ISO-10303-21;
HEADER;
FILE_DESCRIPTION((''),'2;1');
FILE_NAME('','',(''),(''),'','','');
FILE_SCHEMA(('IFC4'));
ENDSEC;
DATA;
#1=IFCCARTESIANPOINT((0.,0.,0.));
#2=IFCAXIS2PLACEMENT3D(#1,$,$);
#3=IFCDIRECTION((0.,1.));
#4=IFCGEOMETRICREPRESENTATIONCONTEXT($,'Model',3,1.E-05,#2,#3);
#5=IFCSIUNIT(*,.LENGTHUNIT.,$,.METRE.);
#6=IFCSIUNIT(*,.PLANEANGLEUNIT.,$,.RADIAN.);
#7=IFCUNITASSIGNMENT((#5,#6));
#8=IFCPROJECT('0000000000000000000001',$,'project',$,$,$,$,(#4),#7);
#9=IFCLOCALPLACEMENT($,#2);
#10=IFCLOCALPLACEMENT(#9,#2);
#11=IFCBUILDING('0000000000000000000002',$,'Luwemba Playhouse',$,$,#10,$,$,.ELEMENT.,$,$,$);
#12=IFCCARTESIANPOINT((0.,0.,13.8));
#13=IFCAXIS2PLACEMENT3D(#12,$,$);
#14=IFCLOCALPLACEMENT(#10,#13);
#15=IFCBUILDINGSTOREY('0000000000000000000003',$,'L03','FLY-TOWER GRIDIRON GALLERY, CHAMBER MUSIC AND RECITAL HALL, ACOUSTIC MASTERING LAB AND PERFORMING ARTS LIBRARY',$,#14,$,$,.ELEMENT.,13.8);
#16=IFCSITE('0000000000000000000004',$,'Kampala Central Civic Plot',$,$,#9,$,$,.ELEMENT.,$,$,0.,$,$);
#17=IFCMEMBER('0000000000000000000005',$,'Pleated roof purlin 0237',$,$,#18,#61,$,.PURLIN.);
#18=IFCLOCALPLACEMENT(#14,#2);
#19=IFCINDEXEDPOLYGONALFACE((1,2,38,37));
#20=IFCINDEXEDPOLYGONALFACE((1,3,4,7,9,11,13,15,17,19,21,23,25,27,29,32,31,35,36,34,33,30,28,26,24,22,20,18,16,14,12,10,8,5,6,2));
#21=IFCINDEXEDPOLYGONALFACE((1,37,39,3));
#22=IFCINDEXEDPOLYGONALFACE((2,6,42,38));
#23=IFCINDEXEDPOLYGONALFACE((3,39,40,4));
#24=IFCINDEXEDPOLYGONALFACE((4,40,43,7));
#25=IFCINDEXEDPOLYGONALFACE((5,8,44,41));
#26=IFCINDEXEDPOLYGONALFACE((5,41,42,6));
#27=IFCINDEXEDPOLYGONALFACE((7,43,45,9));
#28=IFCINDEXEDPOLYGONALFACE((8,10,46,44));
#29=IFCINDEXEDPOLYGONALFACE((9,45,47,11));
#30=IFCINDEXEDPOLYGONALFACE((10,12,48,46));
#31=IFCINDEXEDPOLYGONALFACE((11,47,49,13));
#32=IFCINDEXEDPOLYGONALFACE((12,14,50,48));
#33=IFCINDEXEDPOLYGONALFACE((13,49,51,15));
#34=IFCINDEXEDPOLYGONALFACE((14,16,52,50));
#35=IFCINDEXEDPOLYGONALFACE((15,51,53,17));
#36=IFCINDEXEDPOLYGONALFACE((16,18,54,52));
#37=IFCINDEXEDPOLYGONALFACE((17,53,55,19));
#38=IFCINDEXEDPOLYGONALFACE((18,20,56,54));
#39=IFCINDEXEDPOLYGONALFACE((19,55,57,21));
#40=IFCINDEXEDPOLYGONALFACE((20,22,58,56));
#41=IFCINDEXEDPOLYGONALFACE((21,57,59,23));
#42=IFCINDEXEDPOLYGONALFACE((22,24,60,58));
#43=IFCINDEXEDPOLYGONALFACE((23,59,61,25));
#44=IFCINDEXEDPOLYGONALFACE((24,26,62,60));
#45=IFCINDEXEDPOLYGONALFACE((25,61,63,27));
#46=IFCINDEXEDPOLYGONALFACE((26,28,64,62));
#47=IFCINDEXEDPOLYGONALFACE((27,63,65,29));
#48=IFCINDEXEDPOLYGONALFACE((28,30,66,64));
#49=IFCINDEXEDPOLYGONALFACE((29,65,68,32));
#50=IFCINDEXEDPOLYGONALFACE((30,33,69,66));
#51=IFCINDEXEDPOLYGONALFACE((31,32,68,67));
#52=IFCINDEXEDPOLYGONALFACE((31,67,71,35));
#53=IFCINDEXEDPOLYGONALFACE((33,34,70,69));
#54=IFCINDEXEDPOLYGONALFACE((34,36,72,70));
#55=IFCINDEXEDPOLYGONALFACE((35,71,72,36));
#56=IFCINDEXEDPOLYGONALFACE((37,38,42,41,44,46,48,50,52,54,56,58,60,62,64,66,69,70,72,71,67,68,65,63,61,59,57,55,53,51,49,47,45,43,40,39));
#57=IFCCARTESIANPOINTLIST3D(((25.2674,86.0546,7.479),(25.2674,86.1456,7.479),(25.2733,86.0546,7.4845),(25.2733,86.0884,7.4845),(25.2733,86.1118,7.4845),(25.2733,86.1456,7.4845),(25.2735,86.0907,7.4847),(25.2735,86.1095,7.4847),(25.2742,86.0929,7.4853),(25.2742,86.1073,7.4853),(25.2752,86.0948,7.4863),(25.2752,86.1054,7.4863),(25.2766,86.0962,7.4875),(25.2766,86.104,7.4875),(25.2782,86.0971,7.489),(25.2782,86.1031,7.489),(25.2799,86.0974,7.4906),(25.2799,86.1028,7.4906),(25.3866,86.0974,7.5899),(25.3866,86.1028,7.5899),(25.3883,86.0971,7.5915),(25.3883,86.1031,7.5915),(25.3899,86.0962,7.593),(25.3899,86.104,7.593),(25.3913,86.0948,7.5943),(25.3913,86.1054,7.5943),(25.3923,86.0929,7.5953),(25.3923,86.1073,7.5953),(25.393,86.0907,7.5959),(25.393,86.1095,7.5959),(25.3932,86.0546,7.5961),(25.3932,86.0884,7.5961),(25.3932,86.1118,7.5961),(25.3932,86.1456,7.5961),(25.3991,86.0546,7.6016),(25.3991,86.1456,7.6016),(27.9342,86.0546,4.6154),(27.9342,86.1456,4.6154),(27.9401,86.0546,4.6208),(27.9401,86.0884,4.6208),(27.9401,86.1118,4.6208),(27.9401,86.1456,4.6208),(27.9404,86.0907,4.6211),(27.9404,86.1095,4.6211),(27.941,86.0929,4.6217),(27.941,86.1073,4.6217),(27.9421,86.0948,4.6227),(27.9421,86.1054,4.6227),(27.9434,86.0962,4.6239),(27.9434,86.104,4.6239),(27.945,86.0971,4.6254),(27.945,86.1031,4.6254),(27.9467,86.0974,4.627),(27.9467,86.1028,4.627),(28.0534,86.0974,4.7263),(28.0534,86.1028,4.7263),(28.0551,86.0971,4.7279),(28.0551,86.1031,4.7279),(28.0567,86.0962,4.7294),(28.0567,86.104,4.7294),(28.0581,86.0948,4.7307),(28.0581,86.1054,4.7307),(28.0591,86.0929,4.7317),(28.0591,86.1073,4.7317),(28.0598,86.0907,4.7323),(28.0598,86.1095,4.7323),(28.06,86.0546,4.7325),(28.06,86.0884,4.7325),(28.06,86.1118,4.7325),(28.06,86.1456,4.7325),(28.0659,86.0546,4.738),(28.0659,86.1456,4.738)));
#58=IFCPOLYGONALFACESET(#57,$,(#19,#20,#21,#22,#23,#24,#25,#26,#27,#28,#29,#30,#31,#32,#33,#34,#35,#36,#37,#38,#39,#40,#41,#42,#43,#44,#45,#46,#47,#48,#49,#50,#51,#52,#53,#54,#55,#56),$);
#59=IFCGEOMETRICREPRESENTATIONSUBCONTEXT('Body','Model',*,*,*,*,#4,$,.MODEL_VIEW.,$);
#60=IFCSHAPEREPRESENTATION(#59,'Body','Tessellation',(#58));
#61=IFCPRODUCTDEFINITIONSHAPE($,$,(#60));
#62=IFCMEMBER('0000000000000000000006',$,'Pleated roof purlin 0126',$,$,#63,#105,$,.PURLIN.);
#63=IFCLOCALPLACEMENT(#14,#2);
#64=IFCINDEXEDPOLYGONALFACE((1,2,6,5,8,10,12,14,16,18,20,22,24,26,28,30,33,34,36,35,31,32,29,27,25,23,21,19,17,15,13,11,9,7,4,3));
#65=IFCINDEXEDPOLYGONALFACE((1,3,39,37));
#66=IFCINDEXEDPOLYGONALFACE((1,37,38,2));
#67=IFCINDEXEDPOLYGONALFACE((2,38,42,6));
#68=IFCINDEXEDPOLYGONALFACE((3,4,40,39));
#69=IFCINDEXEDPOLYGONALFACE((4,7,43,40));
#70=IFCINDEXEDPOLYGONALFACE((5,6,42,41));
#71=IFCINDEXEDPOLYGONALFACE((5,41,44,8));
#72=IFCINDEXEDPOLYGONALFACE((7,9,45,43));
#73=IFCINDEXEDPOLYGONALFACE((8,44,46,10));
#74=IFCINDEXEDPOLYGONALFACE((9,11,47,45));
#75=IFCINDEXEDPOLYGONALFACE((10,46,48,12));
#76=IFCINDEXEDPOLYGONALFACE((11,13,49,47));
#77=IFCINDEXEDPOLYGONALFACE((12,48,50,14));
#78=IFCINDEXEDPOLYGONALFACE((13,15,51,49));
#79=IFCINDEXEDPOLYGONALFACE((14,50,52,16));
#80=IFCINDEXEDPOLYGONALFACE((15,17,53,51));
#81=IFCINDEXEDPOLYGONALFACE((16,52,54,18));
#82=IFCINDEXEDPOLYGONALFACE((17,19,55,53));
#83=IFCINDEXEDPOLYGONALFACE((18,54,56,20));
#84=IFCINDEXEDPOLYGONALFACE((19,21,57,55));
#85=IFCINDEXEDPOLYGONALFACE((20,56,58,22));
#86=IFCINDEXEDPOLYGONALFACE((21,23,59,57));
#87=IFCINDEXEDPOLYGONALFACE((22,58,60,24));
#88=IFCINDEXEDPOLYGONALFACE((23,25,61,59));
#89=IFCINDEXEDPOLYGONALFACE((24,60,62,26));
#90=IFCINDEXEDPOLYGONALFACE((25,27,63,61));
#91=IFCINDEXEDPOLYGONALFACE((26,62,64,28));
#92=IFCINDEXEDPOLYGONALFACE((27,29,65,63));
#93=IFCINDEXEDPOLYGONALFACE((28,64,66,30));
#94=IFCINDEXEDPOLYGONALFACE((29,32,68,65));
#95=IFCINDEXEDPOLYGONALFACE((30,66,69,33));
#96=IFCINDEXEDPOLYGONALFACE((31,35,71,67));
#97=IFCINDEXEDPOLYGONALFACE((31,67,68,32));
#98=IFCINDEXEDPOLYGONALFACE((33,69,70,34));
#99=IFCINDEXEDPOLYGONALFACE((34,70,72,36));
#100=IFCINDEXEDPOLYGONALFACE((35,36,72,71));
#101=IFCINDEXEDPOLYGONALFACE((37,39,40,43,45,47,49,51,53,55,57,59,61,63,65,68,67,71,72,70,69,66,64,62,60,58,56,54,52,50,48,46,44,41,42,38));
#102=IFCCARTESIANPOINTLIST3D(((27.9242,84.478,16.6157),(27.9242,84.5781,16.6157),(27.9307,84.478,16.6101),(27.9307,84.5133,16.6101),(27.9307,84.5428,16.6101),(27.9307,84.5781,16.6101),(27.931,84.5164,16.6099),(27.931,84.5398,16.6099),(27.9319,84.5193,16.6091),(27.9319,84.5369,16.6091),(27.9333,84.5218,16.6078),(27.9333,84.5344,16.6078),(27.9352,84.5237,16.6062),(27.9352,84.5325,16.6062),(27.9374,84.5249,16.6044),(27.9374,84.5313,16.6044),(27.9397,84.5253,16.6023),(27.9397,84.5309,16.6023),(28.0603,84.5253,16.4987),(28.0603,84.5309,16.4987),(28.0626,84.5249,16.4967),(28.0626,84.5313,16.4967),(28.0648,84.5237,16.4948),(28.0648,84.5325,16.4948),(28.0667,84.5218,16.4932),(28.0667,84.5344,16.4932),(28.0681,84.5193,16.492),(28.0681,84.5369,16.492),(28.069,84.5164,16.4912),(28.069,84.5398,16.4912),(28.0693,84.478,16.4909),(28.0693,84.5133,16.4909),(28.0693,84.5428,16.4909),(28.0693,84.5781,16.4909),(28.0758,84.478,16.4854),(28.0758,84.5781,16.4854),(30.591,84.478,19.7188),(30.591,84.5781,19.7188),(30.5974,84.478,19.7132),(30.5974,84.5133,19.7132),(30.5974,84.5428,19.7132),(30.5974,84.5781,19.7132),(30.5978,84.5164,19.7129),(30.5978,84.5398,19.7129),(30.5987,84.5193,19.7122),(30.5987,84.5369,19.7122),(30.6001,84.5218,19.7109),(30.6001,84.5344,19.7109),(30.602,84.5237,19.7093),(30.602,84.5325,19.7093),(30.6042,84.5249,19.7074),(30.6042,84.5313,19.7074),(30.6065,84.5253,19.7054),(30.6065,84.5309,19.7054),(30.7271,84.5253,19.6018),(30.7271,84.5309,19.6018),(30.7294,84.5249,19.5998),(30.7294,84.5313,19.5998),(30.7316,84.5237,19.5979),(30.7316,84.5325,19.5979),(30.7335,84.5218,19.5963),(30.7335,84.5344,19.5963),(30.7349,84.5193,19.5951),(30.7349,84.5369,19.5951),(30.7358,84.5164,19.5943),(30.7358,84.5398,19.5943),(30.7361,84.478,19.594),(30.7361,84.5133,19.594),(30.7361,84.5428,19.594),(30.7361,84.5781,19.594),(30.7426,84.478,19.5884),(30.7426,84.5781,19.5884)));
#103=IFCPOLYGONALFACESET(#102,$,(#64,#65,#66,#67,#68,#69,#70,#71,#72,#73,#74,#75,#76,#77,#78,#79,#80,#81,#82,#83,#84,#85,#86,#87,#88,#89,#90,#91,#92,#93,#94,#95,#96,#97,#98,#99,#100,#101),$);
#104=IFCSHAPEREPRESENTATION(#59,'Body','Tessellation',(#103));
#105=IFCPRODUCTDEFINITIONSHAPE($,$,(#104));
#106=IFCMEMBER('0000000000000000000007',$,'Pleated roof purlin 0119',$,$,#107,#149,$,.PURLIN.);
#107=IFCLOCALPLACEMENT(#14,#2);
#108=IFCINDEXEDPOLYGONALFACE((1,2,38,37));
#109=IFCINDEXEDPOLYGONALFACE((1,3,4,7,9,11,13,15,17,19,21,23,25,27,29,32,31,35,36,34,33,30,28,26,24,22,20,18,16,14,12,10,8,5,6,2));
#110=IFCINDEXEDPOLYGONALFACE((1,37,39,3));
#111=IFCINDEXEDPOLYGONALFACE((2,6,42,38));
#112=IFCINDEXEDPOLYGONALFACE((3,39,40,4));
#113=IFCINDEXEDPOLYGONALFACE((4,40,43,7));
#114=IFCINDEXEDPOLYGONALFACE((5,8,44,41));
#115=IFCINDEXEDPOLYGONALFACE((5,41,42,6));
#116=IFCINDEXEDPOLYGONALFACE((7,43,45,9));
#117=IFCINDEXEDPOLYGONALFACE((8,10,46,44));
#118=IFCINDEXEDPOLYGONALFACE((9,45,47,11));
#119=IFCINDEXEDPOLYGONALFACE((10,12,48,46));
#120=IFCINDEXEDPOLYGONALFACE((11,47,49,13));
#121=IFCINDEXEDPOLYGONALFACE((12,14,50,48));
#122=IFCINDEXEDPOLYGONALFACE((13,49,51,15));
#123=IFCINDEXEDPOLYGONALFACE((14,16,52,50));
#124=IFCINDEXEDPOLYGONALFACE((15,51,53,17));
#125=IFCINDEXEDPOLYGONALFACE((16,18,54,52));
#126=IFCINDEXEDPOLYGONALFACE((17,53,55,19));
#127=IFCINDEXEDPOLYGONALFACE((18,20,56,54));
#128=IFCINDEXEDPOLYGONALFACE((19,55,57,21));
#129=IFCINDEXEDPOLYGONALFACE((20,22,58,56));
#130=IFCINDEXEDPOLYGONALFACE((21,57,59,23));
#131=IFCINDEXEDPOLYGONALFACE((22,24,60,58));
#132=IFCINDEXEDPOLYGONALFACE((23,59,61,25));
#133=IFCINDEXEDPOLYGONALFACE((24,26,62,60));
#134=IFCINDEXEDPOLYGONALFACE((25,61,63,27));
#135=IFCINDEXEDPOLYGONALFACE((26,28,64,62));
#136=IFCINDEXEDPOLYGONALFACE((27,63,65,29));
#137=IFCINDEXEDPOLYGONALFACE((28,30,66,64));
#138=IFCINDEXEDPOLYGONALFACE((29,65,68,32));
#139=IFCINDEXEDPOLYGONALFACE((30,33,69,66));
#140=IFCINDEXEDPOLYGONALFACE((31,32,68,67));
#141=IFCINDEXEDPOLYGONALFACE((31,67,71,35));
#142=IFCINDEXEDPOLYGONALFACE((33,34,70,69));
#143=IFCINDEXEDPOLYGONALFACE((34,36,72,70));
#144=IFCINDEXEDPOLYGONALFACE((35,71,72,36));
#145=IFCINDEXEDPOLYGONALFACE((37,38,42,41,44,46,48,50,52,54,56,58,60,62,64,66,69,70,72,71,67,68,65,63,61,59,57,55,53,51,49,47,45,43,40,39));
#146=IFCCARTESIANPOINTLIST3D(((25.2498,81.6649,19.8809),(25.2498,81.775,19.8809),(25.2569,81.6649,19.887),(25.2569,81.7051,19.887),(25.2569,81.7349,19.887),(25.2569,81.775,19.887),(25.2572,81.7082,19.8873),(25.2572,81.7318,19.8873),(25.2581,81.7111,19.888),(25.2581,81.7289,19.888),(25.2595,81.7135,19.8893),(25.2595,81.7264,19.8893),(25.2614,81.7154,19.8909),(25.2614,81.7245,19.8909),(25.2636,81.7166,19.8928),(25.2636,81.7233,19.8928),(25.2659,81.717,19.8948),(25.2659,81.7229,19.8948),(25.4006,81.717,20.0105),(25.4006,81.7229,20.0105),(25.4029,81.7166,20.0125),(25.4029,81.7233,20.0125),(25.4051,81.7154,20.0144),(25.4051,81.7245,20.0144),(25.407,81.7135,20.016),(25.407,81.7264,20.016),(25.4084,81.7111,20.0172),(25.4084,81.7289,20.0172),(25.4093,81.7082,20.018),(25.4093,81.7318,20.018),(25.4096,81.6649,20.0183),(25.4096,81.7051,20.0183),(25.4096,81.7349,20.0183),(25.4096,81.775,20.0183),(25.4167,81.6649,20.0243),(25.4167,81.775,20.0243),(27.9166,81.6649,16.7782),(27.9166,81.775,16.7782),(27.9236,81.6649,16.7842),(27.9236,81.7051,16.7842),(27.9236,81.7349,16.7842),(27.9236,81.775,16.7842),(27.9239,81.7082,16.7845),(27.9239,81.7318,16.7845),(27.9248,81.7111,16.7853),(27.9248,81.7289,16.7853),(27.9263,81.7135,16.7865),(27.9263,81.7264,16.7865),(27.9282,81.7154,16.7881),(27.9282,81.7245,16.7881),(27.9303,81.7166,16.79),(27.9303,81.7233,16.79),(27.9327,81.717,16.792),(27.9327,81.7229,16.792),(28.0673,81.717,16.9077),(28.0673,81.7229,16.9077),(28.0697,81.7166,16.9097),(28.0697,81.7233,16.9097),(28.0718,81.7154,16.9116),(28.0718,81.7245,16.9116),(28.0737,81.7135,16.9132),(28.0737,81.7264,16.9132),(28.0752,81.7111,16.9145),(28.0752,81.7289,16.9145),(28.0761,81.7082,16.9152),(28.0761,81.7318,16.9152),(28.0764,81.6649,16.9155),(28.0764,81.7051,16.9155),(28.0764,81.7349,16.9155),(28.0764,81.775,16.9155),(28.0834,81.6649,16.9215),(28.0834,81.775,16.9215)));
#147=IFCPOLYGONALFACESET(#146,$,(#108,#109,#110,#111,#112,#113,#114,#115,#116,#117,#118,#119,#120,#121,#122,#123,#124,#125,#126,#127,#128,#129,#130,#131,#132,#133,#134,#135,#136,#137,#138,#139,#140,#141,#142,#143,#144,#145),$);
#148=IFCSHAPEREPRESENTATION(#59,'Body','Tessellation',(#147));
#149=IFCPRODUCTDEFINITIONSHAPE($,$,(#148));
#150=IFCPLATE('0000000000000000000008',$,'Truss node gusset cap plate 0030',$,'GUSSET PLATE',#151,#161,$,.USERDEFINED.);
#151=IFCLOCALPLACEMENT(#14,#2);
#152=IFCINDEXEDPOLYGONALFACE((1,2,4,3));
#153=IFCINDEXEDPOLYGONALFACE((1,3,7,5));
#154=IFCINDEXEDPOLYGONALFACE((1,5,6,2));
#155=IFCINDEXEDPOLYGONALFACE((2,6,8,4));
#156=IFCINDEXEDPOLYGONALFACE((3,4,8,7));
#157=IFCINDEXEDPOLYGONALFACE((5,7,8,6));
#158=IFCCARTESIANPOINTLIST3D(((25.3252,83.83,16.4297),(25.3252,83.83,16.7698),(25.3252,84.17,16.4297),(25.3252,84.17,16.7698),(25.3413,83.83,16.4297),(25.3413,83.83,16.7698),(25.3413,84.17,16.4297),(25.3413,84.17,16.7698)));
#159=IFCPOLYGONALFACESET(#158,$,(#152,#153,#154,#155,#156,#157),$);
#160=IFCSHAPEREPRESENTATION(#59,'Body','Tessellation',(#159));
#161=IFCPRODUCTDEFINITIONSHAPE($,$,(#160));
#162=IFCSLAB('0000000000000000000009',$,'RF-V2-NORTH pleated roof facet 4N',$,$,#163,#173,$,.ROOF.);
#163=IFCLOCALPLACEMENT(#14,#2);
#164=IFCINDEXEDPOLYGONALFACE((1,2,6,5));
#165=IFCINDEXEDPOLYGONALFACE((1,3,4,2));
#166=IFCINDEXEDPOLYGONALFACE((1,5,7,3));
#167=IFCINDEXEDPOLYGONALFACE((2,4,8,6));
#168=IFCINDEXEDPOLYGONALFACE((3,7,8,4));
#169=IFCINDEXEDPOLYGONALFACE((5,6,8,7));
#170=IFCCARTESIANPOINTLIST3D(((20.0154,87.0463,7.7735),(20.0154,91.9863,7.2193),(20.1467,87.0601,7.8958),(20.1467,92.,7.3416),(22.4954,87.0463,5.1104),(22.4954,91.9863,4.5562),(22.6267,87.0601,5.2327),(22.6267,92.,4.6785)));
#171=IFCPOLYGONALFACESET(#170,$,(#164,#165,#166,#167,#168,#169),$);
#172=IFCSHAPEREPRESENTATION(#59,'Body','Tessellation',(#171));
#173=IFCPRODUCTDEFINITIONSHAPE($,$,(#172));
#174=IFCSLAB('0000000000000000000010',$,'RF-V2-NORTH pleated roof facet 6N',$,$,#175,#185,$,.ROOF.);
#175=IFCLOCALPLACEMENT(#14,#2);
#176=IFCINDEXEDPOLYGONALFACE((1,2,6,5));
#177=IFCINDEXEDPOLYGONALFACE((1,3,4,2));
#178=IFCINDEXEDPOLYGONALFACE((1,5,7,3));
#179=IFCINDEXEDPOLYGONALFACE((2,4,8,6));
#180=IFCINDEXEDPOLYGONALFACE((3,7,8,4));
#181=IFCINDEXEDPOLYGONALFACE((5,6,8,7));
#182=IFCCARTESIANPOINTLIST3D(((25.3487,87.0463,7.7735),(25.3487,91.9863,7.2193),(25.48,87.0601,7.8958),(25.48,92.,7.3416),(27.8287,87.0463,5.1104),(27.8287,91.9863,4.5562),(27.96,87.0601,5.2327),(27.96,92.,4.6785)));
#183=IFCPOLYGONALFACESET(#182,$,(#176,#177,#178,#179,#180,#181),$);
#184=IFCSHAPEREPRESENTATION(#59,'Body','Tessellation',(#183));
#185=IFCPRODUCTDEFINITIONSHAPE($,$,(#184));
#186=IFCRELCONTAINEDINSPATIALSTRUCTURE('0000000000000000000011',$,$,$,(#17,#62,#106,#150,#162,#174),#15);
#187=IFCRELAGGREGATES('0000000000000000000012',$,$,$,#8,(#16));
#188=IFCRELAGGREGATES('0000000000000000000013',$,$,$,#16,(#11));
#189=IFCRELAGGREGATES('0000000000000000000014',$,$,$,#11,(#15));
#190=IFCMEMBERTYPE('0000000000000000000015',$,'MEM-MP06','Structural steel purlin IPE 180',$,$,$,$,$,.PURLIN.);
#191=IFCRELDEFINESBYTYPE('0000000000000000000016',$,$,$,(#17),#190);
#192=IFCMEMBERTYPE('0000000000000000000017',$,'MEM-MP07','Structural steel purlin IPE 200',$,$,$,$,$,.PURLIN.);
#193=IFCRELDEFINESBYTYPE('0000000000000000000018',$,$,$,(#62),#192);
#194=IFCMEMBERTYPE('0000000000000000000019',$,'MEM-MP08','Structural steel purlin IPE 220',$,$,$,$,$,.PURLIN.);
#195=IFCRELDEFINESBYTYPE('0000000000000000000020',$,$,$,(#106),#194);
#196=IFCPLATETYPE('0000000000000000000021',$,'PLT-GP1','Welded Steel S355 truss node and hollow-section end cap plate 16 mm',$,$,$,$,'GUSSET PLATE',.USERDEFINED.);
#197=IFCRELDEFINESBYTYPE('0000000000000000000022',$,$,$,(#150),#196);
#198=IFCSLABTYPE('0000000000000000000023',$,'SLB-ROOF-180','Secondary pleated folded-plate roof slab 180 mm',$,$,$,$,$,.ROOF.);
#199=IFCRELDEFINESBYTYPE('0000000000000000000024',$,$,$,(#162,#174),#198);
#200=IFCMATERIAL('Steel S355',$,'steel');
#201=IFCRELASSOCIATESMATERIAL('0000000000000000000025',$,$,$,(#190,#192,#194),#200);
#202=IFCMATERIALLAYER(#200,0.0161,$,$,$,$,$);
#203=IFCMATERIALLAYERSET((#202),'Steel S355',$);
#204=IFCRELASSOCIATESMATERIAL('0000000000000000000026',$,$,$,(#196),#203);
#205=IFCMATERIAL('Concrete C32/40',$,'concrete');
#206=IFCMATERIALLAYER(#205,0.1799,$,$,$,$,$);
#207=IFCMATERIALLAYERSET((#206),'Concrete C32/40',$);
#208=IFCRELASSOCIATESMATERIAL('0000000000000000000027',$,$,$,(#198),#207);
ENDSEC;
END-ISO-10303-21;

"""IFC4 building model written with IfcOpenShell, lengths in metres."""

from ifc_helpers import new_model, si_unit, direction, frame, origin, origin_2d, place, context, subcontext, project, spatial, polyline, rectangle, i_section, outline, extrude, material, layer, layer_set, material_profile, profile_set, type_object, element, save


model = new_model("IFC4")

# Units and contexts
model_context = context("Model", 3, precision=1e-05, world=origin(), true_north=direction((0.0, 1.0)))
body_context = subcontext(model_context, "Body", "Model", "MODEL_VIEW")
ifc_project = project(units=[si_unit("LENGTHUNIT", "METRE"), si_unit("PLANEANGLEUNIT", "RADIAN")], contexts=[model_context])

# Site, building, storey
site_placement = place(None, origin())
site = spatial("IfcSite", under=ifc_project, at=site_placement, Name="Kampala Central Civic Plot", CompositionType="ELEMENT", RefElevation=0.0)
building_placement = place(site_placement, origin())
building = spatial("IfcBuilding", under=site, at=building_placement, Name="Luwemba Playhouse", CompositionType="ELEMENT")
storey_placement = place(building_placement, frame((0.0, 0.0, 13.8)))
storey = spatial("IfcBuildingStorey", under=building, at=storey_placement, Name="L03", Description="FLY-TOWER GRIDIRON GALLERY, CHAMBER MUSIC AND RECITAL HALL, ACOUSTIC MASTERING LAB AND PERFORMING ARTS LIBRARY", CompositionType="ELEMENT", Elevation=13.8)

# Shared definitions
ifc_material_1 = material(Name="Steel S355", Category="steel")

# Members
ifc_material_profile_1 = material_profile(ifc_material_1, i_section(OverallWidth=0.0911, OverallDepth=0.1799, WebThickness=0.0054, FlangeThickness=0.0081, FilletRadius=0.009, at=origin_2d()))
ifc_profile_set_1 = profile_set([ifc_material_profile_1], Name="Steel S355")
member_type_1 = type_object("IfcMemberType", Name="MEM-MP06", Description="Structural steel purlin IPE 180", PredefinedType="PURLIN", material=ifc_profile_set_1)
member_1_placement = place(storey_placement, frame((25.3333, 86.1001, 7.5403), z_axis=(0.681515, 0.0, -0.731804), x_axis=(0.0, 1.0, 0.0)))
element("IfcMember", 1, at=member_1_placement, inside=storey, type_object=member_type_1, Name="Pleated roof purlin 0237", PredefinedType="PURLIN", context=body_context, shape_type="SweptSolid", body=[
    extrude(i_section(OverallWidth=0.0911, OverallDepth=0.1799, WebThickness=0.0054, FlangeThickness=0.0081, FilletRadius=0.009, at=origin_2d()), origin(), (0.0, 0.0, 1.0), 3.9131),
])
ifc_material_profile_2 = material_profile(ifc_material_1, i_section(OverallWidth=0.1001, OverallDepth=0.2, WebThickness=0.0056, FlangeThickness=0.0085, FilletRadius=0.012, at=origin_2d()))
ifc_profile_set_2 = profile_set([ifc_material_profile_2], Name="Steel S355")
member_type_2 = type_object("IfcMemberType", Name="MEM-MP07", Description="Structural steel purlin IPE 200", PredefinedType="PURLIN", material=ifc_profile_set_2)
member_2_placement = place(storey_placement, frame((28.0, 84.5281, 16.5505), z_axis=(0.651779, 0.0, 0.758409), x_axis=(0.0, 1.0, 0.0)))
element("IfcMember", 2, at=member_2_placement, inside=storey, type_object=member_type_2, Name="Pleated roof purlin 0126", PredefinedType="PURLIN", context=body_context, shape_type="SweptSolid", body=[
    extrude(i_section(OverallWidth=0.1001, OverallDepth=0.2, WebThickness=0.0056, FlangeThickness=0.0085, FilletRadius=0.012, at=origin_2d()), origin(), (0.0, 0.0, 1.0), 4.0916),
])
ifc_material_profile_3 = material_profile(ifc_material_1, i_section(OverallWidth=0.1101, OverallDepth=0.22, WebThickness=0.0059, FlangeThickness=0.0093, FilletRadius=0.012, at=origin_2d()))
ifc_profile_set_3 = profile_set([ifc_material_profile_3], Name="Steel S355")
member_type_3 = type_object("IfcMemberType", Name="MEM-MP08", Description="Structural steel purlin IPE 220", PredefinedType="PURLIN", material=ifc_profile_set_3)
member_3_placement = place(storey_placement, frame((25.3333, 81.72, 19.9526), z_axis=(0.651808, 0.0, -0.758384), x_axis=(0.0, 1.0, 0.0)))
element("IfcMember", 3, at=member_3_placement, inside=storey, type_object=member_type_3, Name="Pleated roof purlin 0119", PredefinedType="PURLIN", context=body_context, shape_type="SweptSolid", body=[
    extrude(i_section(OverallWidth=0.1101, OverallDepth=0.22, WebThickness=0.0059, FlangeThickness=0.0093, FilletRadius=0.012, at=origin_2d()), origin(), (0.0, 0.0, 1.0), 4.0913),
])

# Plate
ifc_layer_1 = layer(ifc_material_1, 0.0161)
ifc_layer_set_1 = layer_set([ifc_layer_1], Name="Steel S355")
plate_type = type_object("IfcPlateType", Name="PLT-GP1", Description="Welded Steel S355 truss node and hollow-section end cap plate 16 mm", ElementType="GUSSET PLATE", PredefinedType="USERDEFINED", material=ifc_layer_set_1)
plate_placement = place(storey_placement, frame((25.3333, 84.0, 16.4297), z_axis=(0.0, 0.0, 1.0), x_axis=(1.0, 0.0, 0.0)))
element("IfcPlate", 4, at=plate_placement, inside=storey, type_object=plate_type, Name="Truss node gusset cap plate 0030", ObjectType="GUSSET PLATE", PredefinedType="USERDEFINED", context=body_context, shape_type="SweptSolid", body=[
    extrude(rectangle(XDim=0.0161, YDim=0.3401, at=origin_2d()), origin(), (0.0, 0.0, 1.0), 0.3401),
])

# Slabs
ifc_material_2 = material(Name="Concrete C32/40", Category="concrete")
ifc_layer_2 = layer(ifc_material_2, 0.1799)
ifc_layer_set_2 = layer_set([ifc_layer_2], Name="Concrete C32/40")
slab_type = type_object("IfcSlabType", Name="SLB-ROOF-180", Description="Secondary pleated folded-plate roof slab 180 mm", PredefinedType="ROOF", material=ifc_layer_set_2)
for number, where, z_axis, x_axis, name in (
    (5, (20.1467, 87.0601, 7.8958), (0.729688, 0.076233, 0.679517), (0.6815, 0.0, -0.731818), "RF-V2-NORTH pleated roof facet 4N"),
    (6, (25.48, 87.0601, 7.8958), (0.729688, 0.076233, 0.679517), (0.6815, 0.0, -0.731818), "RF-V2-NORTH pleated roof facet 6N"),
):
    element("IfcSlab", number, at=place(storey_placement, frame(where, z_axis=z_axis, x_axis=x_axis)), inside=storey, type_object=slab_type, Name=name, PredefinedType="ROOF", context=body_context, shape_type="SweptSolid", body=[
        extrude(outline(polyline([(0.0, 0.0), (3.639, 0.0), (4.0446, 4.9544), (0.4056, 4.9544), (0.0, 0.0)])), origin(), (0.0, 0.0, -1.0), 0.1799),
    ])

save(model, "model.ifc")
